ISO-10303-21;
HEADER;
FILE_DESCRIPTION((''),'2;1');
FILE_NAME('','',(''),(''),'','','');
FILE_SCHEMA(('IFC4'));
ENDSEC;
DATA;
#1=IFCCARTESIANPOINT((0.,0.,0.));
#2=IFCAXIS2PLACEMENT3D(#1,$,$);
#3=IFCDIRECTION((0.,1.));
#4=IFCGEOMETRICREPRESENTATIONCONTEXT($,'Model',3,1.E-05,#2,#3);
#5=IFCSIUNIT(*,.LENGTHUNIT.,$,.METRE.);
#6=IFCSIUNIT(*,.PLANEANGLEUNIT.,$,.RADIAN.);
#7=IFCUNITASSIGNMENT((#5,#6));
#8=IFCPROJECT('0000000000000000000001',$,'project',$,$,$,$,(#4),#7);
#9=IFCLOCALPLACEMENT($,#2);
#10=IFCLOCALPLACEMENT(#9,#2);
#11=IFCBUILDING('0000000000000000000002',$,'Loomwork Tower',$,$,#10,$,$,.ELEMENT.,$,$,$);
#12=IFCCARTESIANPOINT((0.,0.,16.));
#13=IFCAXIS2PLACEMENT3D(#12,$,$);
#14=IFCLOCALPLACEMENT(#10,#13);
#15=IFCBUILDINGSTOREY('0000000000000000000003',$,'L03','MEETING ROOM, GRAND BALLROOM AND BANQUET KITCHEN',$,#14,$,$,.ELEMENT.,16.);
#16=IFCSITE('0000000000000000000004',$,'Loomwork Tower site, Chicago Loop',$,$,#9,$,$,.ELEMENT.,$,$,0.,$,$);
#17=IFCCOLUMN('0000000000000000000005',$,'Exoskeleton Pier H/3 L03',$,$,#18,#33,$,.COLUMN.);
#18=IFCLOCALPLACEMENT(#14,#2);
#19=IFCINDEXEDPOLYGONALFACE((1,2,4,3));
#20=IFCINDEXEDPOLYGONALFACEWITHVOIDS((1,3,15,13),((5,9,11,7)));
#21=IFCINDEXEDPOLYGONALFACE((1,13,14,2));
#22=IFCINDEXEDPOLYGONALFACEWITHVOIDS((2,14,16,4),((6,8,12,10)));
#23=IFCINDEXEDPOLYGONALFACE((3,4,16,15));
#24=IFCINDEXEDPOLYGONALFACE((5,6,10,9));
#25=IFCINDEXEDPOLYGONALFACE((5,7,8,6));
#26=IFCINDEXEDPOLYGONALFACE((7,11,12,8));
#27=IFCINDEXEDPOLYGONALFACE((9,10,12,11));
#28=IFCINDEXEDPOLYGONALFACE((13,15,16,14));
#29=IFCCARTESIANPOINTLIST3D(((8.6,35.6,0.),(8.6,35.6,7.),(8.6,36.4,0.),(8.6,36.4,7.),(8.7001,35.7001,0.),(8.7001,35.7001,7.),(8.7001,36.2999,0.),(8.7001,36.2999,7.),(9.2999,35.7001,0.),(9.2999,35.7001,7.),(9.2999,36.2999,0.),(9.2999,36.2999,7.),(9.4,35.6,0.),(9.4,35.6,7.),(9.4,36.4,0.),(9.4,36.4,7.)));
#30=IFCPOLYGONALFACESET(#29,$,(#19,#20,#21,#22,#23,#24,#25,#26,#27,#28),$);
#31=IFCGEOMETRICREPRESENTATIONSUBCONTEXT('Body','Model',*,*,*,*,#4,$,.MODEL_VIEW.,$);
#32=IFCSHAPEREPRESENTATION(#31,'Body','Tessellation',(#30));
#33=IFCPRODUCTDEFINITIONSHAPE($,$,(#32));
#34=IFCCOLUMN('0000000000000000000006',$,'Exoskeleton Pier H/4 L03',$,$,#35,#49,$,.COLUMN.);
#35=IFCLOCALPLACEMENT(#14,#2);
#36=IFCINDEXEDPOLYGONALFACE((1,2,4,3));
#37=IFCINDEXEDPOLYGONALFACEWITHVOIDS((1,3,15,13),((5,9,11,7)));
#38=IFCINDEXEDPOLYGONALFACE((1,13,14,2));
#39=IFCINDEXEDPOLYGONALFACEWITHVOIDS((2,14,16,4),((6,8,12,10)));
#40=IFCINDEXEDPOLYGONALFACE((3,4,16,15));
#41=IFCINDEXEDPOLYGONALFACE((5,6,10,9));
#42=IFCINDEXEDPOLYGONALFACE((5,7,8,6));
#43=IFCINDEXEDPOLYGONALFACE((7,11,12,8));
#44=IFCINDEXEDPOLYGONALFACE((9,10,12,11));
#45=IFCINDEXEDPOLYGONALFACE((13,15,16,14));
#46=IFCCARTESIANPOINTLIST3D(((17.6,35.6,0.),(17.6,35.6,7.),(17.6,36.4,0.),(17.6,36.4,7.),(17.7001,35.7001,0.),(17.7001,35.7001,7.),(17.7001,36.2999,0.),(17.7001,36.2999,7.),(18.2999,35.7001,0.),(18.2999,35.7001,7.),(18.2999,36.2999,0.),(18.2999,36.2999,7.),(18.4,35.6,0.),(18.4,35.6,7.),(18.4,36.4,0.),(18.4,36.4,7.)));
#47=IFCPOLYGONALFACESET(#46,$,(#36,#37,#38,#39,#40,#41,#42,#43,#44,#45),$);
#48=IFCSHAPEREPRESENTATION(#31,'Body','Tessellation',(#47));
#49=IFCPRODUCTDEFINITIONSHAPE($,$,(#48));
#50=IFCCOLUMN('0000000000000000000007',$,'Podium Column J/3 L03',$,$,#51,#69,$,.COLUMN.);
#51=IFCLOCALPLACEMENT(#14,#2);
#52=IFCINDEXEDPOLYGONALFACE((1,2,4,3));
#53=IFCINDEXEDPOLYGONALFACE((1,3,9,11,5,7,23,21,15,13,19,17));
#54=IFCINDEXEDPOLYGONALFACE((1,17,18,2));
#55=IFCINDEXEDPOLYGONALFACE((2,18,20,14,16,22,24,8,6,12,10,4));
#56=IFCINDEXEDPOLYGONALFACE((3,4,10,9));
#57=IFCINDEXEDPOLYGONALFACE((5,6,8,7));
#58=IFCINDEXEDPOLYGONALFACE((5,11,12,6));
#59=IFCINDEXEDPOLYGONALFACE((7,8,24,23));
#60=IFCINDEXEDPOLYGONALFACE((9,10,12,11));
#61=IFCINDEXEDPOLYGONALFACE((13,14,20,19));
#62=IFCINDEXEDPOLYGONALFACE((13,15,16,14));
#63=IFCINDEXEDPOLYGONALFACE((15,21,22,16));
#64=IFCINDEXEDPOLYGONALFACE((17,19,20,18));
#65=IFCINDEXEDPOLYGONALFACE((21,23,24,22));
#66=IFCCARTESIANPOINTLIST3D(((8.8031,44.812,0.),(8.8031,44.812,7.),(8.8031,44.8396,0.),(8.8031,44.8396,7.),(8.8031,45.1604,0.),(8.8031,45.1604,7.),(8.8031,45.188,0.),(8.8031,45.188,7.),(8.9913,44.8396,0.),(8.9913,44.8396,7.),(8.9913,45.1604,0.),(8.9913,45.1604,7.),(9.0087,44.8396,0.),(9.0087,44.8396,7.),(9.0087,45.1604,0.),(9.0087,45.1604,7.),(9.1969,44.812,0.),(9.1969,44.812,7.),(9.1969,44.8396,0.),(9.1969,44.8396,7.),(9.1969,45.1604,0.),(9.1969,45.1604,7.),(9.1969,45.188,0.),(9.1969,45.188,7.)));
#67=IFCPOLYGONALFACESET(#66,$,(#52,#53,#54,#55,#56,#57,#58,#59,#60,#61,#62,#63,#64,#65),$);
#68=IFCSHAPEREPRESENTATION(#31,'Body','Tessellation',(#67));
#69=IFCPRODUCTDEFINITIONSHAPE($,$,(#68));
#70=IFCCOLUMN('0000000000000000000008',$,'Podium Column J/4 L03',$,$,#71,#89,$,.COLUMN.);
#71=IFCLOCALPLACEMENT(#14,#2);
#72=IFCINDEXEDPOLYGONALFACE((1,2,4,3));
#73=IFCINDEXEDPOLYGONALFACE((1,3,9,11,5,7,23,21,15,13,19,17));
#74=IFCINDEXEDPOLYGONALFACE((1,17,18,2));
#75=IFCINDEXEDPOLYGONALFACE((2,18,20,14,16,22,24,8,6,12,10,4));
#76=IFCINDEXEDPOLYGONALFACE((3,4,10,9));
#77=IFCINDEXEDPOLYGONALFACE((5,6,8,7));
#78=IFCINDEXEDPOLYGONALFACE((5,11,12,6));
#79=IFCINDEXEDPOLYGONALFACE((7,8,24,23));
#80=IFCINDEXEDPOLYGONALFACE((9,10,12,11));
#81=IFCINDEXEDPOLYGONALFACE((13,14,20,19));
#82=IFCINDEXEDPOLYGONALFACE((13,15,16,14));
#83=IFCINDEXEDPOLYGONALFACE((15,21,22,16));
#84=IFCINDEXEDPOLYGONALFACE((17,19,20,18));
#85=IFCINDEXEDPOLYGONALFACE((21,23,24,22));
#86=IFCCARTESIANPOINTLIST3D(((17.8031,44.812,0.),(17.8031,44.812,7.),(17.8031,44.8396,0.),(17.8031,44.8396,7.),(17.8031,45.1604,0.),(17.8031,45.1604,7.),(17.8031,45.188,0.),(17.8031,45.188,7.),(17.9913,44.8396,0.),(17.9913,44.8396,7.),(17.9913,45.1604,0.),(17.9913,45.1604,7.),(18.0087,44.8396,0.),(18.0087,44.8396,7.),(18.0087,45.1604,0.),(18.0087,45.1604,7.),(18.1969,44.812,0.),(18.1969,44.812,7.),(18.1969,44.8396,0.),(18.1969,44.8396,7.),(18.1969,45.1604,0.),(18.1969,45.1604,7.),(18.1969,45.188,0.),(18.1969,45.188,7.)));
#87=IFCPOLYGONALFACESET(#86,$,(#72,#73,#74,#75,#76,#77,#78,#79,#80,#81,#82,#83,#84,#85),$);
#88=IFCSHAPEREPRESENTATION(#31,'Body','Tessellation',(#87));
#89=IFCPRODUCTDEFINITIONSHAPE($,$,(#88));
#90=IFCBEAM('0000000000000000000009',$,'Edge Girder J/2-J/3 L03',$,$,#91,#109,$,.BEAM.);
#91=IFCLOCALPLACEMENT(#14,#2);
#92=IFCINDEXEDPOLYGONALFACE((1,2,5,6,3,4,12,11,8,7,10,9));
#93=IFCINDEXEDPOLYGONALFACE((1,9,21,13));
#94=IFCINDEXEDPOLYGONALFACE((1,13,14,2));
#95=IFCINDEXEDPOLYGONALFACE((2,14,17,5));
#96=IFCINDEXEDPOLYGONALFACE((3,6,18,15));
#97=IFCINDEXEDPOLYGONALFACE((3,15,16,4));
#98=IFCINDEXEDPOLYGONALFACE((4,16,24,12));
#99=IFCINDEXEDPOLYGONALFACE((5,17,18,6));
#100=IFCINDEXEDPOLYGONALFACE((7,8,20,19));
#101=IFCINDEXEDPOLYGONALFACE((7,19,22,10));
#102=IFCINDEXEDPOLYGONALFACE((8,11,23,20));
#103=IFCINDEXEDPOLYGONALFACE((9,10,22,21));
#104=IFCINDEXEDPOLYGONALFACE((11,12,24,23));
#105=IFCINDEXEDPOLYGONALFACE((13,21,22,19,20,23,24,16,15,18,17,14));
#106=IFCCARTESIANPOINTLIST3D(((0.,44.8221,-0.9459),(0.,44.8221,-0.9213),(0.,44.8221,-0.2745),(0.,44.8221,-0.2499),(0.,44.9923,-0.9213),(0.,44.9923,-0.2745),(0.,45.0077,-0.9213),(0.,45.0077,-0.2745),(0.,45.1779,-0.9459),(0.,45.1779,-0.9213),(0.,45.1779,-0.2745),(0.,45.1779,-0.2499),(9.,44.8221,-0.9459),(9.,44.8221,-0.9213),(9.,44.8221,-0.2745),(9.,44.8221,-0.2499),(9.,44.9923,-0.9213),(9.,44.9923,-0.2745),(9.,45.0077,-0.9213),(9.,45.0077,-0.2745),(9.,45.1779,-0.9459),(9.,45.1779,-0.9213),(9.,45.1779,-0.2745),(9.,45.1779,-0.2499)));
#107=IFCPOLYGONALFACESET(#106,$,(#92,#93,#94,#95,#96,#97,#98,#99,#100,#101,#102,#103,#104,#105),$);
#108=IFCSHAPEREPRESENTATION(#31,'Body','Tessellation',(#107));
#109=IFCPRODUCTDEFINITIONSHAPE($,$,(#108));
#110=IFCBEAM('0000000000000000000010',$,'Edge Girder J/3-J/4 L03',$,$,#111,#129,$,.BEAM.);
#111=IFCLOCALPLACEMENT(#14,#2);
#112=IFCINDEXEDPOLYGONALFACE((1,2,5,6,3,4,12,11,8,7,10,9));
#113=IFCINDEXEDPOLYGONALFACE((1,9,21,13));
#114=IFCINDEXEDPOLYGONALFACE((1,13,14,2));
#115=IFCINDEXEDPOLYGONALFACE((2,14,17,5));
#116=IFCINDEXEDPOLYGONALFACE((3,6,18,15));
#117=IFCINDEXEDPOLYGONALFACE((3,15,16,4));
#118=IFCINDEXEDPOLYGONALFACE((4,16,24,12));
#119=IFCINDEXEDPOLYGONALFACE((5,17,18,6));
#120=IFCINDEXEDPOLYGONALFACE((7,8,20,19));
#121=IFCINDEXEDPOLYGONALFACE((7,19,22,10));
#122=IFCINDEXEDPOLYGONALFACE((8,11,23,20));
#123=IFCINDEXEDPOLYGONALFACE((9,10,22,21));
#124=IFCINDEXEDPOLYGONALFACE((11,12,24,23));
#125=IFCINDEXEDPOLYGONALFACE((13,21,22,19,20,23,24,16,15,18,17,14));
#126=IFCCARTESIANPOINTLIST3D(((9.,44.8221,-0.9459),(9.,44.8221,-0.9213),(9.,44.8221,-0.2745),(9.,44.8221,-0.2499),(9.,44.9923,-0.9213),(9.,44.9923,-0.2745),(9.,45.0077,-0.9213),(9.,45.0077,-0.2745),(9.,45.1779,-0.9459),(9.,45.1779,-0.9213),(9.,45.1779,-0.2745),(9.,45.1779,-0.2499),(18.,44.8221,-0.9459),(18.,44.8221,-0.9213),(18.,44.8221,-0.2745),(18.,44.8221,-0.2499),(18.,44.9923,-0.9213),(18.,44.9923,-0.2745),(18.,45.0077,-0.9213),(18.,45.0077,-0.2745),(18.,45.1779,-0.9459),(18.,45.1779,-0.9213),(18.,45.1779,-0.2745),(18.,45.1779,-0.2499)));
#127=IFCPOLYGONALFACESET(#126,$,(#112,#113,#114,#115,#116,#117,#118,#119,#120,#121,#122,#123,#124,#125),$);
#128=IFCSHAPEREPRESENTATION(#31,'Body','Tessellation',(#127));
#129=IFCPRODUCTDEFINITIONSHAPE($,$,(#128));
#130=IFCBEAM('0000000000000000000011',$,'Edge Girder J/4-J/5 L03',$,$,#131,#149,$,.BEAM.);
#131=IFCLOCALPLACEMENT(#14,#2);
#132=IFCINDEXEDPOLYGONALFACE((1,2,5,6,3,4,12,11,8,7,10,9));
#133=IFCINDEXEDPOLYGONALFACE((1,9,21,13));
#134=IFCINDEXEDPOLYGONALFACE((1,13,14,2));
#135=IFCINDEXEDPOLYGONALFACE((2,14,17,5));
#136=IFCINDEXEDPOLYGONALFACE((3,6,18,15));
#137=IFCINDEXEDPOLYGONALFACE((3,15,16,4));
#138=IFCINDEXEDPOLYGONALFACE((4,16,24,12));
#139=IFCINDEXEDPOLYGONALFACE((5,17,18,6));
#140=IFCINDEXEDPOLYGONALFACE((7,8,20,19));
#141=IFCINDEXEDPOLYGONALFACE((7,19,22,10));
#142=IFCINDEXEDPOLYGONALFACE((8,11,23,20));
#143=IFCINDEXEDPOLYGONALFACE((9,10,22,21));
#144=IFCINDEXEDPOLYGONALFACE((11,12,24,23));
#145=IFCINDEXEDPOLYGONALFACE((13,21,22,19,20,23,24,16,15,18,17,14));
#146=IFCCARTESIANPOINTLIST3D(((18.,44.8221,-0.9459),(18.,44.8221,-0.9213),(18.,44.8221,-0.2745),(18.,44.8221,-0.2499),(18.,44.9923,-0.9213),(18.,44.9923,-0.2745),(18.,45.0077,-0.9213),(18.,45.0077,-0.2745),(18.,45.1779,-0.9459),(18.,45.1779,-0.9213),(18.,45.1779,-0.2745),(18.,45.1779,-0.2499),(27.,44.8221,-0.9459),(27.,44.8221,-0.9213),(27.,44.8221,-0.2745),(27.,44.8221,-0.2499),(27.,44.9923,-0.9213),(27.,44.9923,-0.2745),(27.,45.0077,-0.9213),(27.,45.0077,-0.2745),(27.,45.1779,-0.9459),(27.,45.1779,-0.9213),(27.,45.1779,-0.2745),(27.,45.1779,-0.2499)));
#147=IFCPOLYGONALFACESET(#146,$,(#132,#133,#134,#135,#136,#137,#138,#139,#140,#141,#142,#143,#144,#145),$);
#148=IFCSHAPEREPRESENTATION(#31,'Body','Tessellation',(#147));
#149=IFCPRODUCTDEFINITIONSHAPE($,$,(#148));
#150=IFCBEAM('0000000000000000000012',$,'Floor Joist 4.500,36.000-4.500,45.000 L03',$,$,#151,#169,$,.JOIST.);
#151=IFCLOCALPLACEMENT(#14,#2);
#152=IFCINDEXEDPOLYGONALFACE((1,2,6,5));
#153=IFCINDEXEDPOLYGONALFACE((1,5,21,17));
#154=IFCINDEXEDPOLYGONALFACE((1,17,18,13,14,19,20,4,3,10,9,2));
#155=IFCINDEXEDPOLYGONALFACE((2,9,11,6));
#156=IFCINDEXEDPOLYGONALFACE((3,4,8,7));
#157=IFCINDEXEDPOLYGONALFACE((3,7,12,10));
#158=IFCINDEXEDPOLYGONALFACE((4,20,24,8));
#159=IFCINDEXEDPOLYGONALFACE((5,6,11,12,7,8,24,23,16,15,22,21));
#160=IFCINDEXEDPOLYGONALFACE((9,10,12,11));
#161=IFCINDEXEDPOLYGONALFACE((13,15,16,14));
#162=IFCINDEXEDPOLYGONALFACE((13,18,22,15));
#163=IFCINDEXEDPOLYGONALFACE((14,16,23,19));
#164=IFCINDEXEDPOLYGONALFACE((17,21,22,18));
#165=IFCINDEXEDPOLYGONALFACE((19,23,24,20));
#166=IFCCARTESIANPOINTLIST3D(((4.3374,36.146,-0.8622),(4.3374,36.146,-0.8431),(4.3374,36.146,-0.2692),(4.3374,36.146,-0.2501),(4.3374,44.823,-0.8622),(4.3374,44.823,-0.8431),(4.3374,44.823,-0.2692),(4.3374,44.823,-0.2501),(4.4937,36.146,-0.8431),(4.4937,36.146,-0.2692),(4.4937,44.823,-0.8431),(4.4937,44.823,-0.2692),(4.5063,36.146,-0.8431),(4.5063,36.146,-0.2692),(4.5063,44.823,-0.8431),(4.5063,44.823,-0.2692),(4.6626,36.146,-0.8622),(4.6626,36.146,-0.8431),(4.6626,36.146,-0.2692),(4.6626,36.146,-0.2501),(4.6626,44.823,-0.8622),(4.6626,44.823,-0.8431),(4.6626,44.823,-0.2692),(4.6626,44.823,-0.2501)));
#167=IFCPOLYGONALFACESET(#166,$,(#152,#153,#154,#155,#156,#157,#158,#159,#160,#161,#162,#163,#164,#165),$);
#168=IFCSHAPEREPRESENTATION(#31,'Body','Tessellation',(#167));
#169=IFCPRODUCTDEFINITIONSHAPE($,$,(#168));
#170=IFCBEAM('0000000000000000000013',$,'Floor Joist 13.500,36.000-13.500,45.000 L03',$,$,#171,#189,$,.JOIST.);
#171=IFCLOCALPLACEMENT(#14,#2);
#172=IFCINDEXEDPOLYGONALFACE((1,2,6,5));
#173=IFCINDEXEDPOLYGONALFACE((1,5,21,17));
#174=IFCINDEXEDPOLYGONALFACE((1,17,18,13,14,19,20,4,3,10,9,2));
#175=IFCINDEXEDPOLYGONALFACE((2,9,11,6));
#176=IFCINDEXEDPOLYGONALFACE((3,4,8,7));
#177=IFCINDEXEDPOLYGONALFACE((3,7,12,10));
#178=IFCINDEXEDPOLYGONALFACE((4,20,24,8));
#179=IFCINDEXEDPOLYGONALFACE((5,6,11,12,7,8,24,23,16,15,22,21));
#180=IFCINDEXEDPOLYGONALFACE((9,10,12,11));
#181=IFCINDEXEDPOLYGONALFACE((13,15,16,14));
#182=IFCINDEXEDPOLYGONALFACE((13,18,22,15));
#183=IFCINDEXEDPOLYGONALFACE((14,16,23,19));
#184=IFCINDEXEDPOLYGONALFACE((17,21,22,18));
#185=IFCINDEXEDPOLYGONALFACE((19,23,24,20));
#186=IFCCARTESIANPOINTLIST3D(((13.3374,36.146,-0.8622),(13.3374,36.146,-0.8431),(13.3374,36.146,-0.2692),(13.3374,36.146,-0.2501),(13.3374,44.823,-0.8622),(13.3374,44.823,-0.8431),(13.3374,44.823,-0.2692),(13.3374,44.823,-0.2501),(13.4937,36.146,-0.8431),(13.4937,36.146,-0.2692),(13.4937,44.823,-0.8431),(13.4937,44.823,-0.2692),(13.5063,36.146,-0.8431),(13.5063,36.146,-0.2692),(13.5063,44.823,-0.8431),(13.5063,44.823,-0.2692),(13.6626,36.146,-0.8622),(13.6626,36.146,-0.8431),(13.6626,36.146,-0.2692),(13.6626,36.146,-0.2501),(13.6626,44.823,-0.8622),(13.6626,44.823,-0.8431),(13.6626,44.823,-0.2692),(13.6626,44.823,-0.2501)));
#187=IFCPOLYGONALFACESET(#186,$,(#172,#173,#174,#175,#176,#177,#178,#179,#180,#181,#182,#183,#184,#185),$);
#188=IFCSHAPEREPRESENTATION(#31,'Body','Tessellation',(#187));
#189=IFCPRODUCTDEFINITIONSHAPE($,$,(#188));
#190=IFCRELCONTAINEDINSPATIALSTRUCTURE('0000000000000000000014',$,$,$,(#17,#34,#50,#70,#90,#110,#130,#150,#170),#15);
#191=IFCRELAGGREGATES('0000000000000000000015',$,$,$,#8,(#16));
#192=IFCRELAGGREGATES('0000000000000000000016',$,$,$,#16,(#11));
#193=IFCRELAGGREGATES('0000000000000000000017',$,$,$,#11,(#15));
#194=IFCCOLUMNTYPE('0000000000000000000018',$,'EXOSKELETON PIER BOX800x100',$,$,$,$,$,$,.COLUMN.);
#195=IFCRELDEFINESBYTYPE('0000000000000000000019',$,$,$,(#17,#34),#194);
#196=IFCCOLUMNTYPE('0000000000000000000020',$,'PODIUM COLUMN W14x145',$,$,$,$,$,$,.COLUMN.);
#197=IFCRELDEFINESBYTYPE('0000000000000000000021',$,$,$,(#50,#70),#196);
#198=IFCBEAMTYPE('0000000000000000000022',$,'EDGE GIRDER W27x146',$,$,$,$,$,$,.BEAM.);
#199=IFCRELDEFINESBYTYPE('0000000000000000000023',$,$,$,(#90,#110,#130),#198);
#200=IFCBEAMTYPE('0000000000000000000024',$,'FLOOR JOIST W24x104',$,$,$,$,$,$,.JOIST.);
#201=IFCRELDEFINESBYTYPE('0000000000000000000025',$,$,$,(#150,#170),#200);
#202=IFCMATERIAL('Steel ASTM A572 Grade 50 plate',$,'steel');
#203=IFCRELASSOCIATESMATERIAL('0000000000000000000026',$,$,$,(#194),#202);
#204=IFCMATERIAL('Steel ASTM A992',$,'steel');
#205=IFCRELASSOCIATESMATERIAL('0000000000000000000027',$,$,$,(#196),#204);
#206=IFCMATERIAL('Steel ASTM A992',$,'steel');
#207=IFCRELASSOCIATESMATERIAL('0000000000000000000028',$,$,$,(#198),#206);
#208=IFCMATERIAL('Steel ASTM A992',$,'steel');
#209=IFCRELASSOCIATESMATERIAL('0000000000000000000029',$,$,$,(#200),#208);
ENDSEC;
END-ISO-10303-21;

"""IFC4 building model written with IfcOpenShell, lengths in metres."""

from ifc_helpers import new_model, si_unit, direction, frame, origin, origin_2d, place, context, subcontext, project, spatial, hollow_rectangle, i_section, extrude, material, material_profile, profile_set, type_object, element, save


model = new_model("IFC4")

# Units and contexts
model_context = context("Model", 3, precision=1e-05, world=origin(), true_north=direction((0.0, 1.0)))
body_context = subcontext(model_context, "Body", "Model", "MODEL_VIEW")
ifc_project = project(units=[si_unit("LENGTHUNIT", "METRE"), si_unit("PLANEANGLEUNIT", "RADIAN")], contexts=[model_context])

# Site, building, storey
site_placement = place(None, origin())
site = spatial("IfcSite", under=ifc_project, at=site_placement, Name="Loomwork Tower site, Chicago Loop", CompositionType="ELEMENT", RefElevation=0.0)
building_placement = place(site_placement, origin())
building = spatial("IfcBuilding", under=site, at=building_placement, Name="Loomwork Tower", CompositionType="ELEMENT")
storey_placement = place(building_placement, frame((0.0, 0.0, 16.0)))
storey = spatial("IfcBuildingStorey", under=building, at=storey_placement, Name="L03", Description="MEETING ROOM, GRAND BALLROOM AND BANQUET KITCHEN", CompositionType="ELEMENT", Elevation=16.0)

# Columns
ifc_material_1 = material(Name="Steel ASTM A572 Grade 50 plate", Category="steel")
ifc_material_profile_1 = material_profile(ifc_material_1, hollow_rectangle(XDim=0.8, YDim=0.8, WallThickness=0.1001, at=origin_2d()), Name="BOX800x100")
ifc_profile_set_1 = profile_set([ifc_material_profile_1], Name="Steel ASTM A572 Grade 50 plate")
column_type_1 = type_object("IfcColumnType", Name="EXOSKELETON PIER BOX800x100", PredefinedType="COLUMN", material=ifc_profile_set_1)
for number, where, z_axis, x_axis, name in (
    (1, (9.0, 36.0, 0.0), (0.0, 0.0, 1.0), (1.0, 0.0, 0.0), "Exoskeleton Pier H/3 L03"),
    (2, (18.0, 36.0, 0.0), (0.0, 0.0, 1.0), (1.0, 0.0, 0.0), "Exoskeleton Pier H/4 L03"),
):
    element("IfcColumn", number, at=place(storey_placement, frame(where, z_axis=z_axis, x_axis=x_axis)), inside=storey, type_object=column_type_1, Name=name, PredefinedType="COLUMN", context=body_context, shape_type="SweptSolid", body=[
        extrude(hollow_rectangle(XDim=0.8, YDim=0.8, WallThickness=0.1001, at=origin_2d()), origin(), (0.0, 0.0, 1.0), 7.0),
    ])
ifc_material_2 = material(Name="Steel ASTM A992", Category="steel")
ifc_material_profile_2 = material_profile(ifc_material_2, i_section(OverallWidth=0.3938, OverallDepth=0.376, WebThickness=0.0173, FlangeThickness=0.0276, at=origin_2d()), Name="W14x145")
ifc_profile_set_2 = profile_set([ifc_material_profile_2], Name="Steel ASTM A992")
column_type_2 = type_object("IfcColumnType", Name="PODIUM COLUMN W14x145", PredefinedType="COLUMN", material=ifc_profile_set_2)
for number, where, z_axis, x_axis, name in (
    (3, (9.0, 45.0, 0.0), (0.0, 0.0, 1.0), (1.0, 0.0, 0.0), "Podium Column J/3 L03"),
    (4, (18.0, 45.0, 0.0), (0.0, 0.0, 1.0), (1.0, 0.0, 0.0), "Podium Column J/4 L03"),
):
    element("IfcColumn", number, at=place(storey_placement, frame(where, z_axis=z_axis, x_axis=x_axis)), inside=storey, type_object=column_type_2, Name=name, PredefinedType="COLUMN", context=body_context, shape_type="SweptSolid", body=[
        extrude(i_section(OverallWidth=0.3938, OverallDepth=0.376, WebThickness=0.0173, FlangeThickness=0.0276, at=origin_2d()), origin(), (0.0, 0.0, 1.0), 7.0),
    ])

# Beams
ifc_material_3 = material(Name="Steel ASTM A992", Category="steel")
ifc_material_profile_3 = material_profile(ifc_material_3, i_section(OverallWidth=0.3557, OverallDepth=0.696, WebThickness=0.0154, FlangeThickness=0.0247, at=origin_2d()), Name="W27x146")
ifc_profile_set_3 = profile_set([ifc_material_profile_3], Name="Steel ASTM A992")
beam_type_1 = type_object("IfcBeamType", Name="EDGE GIRDER W27x146", PredefinedType="BEAM", material=ifc_profile_set_3)
for number, where, z_axis, x_axis, name in (
    (5, (0.0, 45.0, -0.5979), (1.0, 0.0, 0.0), (0.0, 1.0, 0.0), "Edge Girder J/2-J/3 L03"),
    (6, (9.0, 45.0, -0.5979), (1.0, 0.0, 0.0), (0.0, 1.0, 0.0), "Edge Girder J/3-J/4 L03"),
    (7, (18.0, 45.0, -0.5979), (1.0, 0.0, 0.0), (0.0, 1.0, 0.0), "Edge Girder J/4-J/5 L03"),
):
    element("IfcBeam", number, at=place(storey_placement, frame(where, z_axis=z_axis, x_axis=x_axis)), inside=storey, type_object=beam_type_1, Name=name, PredefinedType="BEAM", context=body_context, shape_type="SweptSolid", body=[
        extrude(i_section(OverallWidth=0.3557, OverallDepth=0.696, WebThickness=0.0154, FlangeThickness=0.0247, at=origin_2d()), origin(), (0.0, 0.0, 1.0), 9.0),
    ])
ifc_material_4 = material(Name="Steel ASTM A992", Category="steel")
ifc_material_profile_4 = material_profile(ifc_material_4, i_section(OverallWidth=0.3252, OverallDepth=0.6121, WebThickness=0.0127, FlangeThickness=0.019, at=origin_2d()), Name="W24x104")
ifc_profile_set_4 = profile_set([ifc_material_profile_4], Name="Steel ASTM A992")
beam_type_2 = type_object("IfcBeamType", Name="FLOOR JOIST W24x104", PredefinedType="JOIST", material=ifc_profile_set_4)
for number, where, z_axis, x_axis, name in (
    (8, (4.5, 36.146, -0.5562), (0.0, 1.0, 0.0), (-1.0, 0.0, 0.0), "Floor Joist 4.500,36.000-4.500,45.000 L03"),
    (9, (13.5, 36.146, -0.5562), (0.0, 1.0, 0.0), (-1.0, 0.0, 0.0), "Floor Joist 13.500,36.000-13.500,45.000 L03"),
):
    element("IfcBeam", number, at=place(storey_placement, frame(where, z_axis=z_axis, x_axis=x_axis)), inside=storey, type_object=beam_type_2, Name=name, PredefinedType="JOIST", context=body_context, shape_type="SweptSolid", body=[
        extrude(i_section(OverallWidth=0.3252, OverallDepth=0.6121, WebThickness=0.0127, FlangeThickness=0.019, at=origin_2d()), origin(), (0.0, 0.0, 1.0), 8.677),
    ])

save(model, "model.ifc")
